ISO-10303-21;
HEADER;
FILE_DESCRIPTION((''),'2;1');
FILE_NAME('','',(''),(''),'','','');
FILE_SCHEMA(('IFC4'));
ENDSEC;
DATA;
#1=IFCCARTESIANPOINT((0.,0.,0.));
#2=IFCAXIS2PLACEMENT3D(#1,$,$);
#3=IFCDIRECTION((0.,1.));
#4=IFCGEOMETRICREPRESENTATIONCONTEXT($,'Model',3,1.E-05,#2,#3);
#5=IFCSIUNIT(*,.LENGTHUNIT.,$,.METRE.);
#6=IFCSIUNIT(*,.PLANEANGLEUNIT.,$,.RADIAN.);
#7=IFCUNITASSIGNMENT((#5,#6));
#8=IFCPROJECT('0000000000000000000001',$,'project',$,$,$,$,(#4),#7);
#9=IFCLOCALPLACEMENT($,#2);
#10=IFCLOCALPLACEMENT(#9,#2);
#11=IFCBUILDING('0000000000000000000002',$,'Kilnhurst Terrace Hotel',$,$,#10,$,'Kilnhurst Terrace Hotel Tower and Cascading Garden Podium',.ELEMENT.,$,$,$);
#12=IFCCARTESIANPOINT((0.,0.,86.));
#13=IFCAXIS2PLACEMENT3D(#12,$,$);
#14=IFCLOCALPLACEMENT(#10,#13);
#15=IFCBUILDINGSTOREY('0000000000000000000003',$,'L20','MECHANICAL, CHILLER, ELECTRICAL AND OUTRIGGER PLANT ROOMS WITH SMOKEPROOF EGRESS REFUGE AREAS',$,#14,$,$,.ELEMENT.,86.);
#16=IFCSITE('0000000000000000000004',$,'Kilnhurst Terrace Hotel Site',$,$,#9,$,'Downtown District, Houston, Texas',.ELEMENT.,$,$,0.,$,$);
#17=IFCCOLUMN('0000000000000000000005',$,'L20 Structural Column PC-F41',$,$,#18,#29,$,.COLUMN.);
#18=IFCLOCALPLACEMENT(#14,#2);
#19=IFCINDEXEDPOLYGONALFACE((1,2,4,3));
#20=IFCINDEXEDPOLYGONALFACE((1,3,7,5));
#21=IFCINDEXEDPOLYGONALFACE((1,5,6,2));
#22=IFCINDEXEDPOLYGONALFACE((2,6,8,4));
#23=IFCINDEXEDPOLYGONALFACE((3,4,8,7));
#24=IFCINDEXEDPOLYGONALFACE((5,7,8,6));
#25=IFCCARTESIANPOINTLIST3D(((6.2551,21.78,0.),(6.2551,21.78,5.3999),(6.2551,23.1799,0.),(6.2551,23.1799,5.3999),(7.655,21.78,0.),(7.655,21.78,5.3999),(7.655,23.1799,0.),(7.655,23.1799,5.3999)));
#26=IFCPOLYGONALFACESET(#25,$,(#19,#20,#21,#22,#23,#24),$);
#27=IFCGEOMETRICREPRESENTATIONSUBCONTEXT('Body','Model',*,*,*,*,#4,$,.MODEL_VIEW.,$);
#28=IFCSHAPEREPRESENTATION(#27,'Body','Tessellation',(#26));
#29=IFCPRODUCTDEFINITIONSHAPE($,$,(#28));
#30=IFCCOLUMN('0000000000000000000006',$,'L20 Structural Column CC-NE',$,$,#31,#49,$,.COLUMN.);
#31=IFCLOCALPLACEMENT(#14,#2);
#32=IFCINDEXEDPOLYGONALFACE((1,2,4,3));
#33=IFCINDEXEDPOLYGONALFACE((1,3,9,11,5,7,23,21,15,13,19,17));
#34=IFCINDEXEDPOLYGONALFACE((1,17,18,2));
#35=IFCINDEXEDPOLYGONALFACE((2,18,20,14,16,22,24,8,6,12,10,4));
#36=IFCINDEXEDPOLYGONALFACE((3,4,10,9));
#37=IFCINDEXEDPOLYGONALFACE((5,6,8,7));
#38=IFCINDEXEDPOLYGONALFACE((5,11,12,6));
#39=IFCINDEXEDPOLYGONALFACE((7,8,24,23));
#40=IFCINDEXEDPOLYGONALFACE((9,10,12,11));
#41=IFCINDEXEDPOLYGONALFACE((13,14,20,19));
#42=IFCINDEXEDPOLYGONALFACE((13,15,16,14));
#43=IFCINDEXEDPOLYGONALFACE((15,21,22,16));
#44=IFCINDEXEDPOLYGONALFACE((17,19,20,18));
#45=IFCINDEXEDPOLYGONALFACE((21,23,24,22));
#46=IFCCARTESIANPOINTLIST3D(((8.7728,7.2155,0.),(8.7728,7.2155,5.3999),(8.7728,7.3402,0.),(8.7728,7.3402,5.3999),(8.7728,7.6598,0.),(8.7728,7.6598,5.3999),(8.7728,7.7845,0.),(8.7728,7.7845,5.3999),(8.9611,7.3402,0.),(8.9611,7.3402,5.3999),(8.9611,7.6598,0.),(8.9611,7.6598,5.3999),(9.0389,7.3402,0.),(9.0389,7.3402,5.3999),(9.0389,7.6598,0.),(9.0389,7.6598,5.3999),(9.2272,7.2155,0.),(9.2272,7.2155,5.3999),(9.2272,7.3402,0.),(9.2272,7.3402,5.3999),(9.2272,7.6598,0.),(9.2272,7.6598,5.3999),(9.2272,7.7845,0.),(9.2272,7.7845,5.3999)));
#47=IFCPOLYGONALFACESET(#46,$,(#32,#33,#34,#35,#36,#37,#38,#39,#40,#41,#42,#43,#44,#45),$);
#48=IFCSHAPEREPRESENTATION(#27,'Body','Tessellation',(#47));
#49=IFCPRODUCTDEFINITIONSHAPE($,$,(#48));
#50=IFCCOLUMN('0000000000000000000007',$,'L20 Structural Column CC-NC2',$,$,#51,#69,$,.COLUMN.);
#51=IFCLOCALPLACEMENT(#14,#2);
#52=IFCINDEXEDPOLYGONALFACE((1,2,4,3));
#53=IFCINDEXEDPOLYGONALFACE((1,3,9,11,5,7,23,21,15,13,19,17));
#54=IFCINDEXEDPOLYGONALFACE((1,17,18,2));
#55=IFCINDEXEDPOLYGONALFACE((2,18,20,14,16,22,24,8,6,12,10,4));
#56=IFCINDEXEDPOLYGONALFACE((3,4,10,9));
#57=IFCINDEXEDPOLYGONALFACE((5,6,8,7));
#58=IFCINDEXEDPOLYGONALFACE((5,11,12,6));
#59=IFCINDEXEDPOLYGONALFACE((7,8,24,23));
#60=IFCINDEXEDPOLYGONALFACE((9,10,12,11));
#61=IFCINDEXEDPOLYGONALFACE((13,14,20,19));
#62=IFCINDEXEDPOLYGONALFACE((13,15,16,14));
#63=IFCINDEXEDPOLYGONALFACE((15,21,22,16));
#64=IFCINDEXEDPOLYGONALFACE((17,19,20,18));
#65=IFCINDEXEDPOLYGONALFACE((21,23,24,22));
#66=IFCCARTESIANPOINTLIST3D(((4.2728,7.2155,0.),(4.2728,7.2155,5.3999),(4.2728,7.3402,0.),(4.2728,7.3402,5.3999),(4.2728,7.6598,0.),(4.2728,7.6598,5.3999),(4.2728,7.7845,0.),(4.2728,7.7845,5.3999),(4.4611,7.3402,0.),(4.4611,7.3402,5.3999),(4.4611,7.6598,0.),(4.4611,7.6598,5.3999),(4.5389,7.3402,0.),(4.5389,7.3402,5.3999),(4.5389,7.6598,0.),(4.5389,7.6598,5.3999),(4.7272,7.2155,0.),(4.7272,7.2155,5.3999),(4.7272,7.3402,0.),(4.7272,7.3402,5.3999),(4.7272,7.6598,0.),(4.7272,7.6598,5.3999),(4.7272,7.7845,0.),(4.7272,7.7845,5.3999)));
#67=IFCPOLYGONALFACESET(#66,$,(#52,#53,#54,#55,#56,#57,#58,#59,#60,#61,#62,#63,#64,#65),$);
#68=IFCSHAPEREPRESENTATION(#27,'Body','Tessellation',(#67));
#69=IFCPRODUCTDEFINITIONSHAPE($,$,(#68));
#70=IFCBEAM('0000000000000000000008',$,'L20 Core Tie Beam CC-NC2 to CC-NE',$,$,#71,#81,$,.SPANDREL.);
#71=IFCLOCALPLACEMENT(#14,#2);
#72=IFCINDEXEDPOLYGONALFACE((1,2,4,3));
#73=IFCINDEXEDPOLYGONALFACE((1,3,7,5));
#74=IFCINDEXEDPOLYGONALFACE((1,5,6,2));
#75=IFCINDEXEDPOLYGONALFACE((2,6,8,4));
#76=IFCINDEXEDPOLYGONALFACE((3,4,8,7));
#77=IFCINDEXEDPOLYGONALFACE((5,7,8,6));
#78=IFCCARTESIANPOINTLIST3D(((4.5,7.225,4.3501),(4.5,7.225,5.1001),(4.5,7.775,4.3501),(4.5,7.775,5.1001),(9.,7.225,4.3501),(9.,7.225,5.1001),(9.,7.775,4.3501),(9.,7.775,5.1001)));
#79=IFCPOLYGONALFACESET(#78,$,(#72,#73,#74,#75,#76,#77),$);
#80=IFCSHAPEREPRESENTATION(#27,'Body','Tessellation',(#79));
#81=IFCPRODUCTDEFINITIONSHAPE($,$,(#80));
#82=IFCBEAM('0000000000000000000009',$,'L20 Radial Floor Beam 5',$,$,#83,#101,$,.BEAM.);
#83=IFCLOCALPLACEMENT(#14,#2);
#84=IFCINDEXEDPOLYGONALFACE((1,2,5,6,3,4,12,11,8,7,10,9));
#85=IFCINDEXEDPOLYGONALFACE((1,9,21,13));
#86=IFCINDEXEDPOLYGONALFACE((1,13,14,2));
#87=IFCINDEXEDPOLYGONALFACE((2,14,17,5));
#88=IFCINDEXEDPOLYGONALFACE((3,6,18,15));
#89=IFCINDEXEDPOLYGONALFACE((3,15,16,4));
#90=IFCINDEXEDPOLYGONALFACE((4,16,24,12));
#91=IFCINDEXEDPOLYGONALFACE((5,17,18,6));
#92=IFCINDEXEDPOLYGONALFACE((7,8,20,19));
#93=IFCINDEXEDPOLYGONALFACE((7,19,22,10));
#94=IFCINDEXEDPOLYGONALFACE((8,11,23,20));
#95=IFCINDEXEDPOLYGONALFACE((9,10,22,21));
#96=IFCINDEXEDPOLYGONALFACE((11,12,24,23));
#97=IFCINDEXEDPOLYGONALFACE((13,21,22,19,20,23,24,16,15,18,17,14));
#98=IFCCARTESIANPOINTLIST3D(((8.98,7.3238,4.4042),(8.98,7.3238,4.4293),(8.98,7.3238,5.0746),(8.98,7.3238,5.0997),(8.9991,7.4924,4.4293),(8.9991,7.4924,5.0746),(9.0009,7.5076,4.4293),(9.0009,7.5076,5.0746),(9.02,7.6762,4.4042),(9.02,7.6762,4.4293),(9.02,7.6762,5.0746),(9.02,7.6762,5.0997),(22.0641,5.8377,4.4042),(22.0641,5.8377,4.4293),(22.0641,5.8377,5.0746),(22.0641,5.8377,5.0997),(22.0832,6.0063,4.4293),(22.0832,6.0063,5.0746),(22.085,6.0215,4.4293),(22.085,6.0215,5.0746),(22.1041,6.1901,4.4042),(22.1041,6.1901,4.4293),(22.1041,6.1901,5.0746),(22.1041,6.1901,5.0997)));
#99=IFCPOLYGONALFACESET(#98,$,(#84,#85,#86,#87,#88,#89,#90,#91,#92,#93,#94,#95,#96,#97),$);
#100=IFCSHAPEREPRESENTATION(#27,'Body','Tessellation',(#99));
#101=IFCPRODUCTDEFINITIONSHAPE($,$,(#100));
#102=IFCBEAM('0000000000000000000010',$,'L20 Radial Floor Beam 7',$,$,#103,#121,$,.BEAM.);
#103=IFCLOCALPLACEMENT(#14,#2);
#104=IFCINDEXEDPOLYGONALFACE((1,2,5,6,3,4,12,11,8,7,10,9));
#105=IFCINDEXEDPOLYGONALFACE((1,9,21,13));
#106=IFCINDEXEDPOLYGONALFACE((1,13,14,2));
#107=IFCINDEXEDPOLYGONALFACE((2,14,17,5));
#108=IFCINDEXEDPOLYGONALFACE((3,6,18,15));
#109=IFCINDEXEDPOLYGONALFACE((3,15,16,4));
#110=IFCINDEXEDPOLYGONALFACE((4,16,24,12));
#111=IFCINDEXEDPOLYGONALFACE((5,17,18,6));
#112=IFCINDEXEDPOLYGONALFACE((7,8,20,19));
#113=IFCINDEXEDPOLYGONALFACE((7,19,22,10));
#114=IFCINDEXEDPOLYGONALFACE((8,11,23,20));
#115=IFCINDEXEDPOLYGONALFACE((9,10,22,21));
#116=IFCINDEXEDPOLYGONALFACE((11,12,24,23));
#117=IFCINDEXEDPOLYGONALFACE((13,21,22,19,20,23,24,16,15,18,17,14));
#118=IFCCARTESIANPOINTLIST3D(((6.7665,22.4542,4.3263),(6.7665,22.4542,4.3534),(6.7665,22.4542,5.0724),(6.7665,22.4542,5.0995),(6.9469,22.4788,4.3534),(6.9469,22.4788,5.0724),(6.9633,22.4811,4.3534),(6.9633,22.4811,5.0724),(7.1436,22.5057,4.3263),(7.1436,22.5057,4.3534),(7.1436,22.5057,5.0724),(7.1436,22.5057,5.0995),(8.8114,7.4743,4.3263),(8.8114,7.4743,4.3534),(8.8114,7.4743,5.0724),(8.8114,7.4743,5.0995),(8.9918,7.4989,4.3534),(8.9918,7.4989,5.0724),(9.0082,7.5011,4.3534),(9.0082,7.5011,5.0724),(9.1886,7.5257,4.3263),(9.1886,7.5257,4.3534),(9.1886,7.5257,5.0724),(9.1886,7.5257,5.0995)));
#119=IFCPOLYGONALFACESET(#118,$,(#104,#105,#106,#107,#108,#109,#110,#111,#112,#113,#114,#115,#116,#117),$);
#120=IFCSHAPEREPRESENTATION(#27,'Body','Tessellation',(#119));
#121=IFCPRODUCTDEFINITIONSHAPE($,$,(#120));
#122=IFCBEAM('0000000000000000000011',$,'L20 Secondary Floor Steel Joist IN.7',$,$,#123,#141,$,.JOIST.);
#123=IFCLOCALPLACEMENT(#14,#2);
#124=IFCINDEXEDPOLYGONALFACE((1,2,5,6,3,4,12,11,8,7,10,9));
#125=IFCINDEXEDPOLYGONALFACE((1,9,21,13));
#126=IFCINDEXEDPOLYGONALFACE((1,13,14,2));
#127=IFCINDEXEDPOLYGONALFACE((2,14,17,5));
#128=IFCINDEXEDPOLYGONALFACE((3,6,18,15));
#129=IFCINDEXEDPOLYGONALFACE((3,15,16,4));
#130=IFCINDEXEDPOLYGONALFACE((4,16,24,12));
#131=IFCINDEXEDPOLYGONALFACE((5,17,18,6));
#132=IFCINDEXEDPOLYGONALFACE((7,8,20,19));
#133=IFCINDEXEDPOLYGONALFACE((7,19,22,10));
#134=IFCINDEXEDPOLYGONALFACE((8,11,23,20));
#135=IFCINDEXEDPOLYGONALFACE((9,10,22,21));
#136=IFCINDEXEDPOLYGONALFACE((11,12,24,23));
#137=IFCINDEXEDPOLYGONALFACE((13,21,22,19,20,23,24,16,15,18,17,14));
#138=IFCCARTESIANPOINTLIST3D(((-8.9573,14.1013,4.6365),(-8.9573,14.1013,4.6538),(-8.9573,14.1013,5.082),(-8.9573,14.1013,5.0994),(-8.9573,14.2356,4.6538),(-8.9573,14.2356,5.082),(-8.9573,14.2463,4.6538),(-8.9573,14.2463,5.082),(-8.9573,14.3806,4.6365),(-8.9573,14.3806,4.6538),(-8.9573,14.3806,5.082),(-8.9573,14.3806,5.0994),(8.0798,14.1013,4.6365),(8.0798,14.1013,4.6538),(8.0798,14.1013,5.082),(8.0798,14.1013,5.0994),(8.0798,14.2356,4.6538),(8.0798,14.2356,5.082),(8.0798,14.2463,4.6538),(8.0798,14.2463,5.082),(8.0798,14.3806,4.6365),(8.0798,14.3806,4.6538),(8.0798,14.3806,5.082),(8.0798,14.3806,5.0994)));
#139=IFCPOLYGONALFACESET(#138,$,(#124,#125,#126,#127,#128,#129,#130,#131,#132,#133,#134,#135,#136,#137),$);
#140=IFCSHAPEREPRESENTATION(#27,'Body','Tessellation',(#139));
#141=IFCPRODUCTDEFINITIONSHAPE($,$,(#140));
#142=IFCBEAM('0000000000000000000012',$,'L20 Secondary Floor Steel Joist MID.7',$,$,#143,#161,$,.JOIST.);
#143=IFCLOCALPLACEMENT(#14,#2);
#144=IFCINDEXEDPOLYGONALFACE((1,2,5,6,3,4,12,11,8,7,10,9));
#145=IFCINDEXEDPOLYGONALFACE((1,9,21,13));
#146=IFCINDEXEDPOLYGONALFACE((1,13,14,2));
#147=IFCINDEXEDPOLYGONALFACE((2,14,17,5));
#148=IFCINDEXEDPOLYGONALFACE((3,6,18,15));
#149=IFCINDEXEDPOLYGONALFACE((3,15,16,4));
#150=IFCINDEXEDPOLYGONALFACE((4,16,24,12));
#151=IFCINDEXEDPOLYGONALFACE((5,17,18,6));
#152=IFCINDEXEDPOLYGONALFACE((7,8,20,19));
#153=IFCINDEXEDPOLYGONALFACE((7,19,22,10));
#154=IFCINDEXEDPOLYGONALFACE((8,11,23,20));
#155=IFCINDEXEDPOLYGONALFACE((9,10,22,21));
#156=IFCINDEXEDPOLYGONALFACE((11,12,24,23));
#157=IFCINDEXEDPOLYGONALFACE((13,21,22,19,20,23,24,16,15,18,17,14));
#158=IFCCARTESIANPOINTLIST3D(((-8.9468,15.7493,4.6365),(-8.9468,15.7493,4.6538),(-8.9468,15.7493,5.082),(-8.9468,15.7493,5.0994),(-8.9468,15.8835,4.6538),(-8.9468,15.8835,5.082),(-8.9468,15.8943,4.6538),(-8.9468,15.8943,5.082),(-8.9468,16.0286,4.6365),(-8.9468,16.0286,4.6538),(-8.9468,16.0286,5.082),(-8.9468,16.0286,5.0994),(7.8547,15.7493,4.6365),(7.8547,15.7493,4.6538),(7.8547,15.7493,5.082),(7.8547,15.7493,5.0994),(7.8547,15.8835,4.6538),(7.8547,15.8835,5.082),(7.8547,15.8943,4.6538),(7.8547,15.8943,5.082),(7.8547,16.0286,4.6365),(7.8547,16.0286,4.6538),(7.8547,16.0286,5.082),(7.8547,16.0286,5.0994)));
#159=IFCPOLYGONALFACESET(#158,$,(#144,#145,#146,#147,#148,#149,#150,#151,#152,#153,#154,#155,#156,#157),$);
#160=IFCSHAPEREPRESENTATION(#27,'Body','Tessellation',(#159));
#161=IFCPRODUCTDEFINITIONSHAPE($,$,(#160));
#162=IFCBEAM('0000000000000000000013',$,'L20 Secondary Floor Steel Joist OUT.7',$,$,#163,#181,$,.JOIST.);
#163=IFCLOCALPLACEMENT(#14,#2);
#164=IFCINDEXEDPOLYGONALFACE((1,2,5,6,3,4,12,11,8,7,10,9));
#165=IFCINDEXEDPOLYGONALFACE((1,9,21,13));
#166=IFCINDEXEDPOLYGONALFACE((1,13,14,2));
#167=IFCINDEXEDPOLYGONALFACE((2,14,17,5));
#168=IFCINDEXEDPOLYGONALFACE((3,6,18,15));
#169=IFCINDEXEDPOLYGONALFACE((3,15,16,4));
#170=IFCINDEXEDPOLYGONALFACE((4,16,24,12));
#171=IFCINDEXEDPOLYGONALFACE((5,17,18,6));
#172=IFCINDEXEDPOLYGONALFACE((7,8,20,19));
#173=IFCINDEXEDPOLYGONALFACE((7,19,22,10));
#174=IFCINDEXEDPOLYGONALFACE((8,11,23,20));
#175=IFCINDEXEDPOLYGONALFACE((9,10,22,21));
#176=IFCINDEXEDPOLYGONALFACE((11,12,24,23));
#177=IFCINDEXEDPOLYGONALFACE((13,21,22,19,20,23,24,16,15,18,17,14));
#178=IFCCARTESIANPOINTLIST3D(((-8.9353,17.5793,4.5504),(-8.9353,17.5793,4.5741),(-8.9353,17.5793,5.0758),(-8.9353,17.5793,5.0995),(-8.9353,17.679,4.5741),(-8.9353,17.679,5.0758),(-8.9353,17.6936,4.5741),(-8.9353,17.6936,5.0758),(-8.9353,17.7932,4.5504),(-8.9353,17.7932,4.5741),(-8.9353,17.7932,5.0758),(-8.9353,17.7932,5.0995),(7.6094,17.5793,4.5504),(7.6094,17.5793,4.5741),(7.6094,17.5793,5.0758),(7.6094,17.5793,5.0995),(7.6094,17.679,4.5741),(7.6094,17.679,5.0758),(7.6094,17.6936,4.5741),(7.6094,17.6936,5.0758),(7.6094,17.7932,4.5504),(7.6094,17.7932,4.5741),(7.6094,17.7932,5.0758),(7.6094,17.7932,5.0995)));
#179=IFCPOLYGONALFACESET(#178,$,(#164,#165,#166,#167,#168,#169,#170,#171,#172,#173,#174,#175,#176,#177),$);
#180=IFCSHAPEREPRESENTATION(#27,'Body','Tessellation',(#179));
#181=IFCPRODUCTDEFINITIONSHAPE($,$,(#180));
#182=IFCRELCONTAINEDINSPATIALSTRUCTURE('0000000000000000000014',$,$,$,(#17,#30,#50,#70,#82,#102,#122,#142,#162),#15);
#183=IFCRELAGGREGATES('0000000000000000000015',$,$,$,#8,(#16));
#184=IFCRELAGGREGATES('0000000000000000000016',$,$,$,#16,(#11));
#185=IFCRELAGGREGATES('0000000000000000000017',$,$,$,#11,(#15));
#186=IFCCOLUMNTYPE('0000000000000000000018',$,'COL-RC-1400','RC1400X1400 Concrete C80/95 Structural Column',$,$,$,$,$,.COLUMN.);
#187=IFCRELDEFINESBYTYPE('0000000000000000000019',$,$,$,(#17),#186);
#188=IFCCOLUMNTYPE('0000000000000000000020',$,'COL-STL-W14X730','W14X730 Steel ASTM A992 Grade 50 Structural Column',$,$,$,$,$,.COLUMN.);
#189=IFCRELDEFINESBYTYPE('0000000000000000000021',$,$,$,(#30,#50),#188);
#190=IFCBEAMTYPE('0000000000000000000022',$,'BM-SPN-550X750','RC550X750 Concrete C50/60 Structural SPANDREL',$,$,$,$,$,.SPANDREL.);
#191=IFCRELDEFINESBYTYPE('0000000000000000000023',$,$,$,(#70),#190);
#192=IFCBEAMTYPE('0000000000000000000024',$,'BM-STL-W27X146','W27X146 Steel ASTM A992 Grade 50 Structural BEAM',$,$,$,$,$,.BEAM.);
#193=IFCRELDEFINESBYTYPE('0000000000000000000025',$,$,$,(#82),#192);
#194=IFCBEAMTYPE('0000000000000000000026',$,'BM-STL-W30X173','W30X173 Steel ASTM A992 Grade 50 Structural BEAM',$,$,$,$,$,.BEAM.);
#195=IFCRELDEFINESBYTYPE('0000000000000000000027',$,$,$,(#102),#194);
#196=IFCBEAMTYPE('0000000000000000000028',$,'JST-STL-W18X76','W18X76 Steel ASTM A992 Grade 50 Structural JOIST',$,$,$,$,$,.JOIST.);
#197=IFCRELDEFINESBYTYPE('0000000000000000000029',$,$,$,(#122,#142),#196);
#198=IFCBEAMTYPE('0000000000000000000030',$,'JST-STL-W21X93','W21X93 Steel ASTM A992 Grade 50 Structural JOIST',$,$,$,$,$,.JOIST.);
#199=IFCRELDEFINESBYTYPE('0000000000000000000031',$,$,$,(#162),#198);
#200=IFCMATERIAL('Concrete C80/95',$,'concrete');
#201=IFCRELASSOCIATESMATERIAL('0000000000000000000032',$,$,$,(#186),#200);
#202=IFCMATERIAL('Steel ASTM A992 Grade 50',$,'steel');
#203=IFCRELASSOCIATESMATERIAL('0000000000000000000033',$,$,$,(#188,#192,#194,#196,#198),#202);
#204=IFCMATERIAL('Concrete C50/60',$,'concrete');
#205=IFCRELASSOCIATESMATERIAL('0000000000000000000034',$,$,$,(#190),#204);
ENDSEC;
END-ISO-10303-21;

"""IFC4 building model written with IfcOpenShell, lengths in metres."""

from ifc_helpers import new_model, si_unit, direction, frame, origin, origin_2d, place, context, subcontext, project, spatial, rectangle, i_section, extrude, material, material_profile, profile_set, type_object, element, save


model = new_model("IFC4")

# Units and contexts
model_context = context("Model", 3, precision=1e-05, world=origin(), true_north=direction((0.0, 1.0)))
body_context = subcontext(model_context, "Body", "Model", "MODEL_VIEW")
ifc_project = project(units=[si_unit("LENGTHUNIT", "METRE"), si_unit("PLANEANGLEUNIT", "RADIAN")], contexts=[model_context])

# Site, building, storey
site_placement = place(None, origin())
site = spatial("IfcSite", under=ifc_project, at=site_placement, Name="Kilnhurst Terrace Hotel Site", LongName="Downtown District, Houston, Texas", CompositionType="ELEMENT", RefElevation=0.0)
building_placement = place(site_placement, origin())
building = spatial("IfcBuilding", under=site, at=building_placement, Name="Kilnhurst Terrace Hotel", LongName="Kilnhurst Terrace Hotel Tower and Cascading Garden Podium", CompositionType="ELEMENT")
storey_placement = place(building_placement, frame((0.0, 0.0, 86.0)))
storey = spatial("IfcBuildingStorey", under=building, at=storey_placement, Name="L20", Description="MECHANICAL, CHILLER, ELECTRICAL AND OUTRIGGER PLANT ROOMS WITH SMOKEPROOF EGRESS REFUGE AREAS", CompositionType="ELEMENT", Elevation=86.0)

# Columns
ifc_material_1 = material(Name="Concrete C80/95", Category="concrete")
ifc_material_profile_1 = material_profile(ifc_material_1, rectangle(XDim=1.3999, YDim=1.3999, at=origin_2d()), Name="RC1400X1400")
ifc_profile_set_1 = profile_set([ifc_material_profile_1], Name="Concrete C80/95")
column_type_1 = type_object("IfcColumnType", Name="COL-RC-1400", Description="RC1400X1400 Concrete C80/95 Structural Column", PredefinedType="COLUMN", material=ifc_profile_set_1)
column_placement = place(storey_placement, frame((6.9551, 22.48, 0.0), z_axis=(0.0, 0.0, 1.0), x_axis=(1.0, 0.0, 0.0)))
element("IfcColumn", 1, at=column_placement, inside=storey, type_object=column_type_1, Name="L20 Structural Column PC-F41", PredefinedType="COLUMN", context=body_context, shape_type="SweptSolid", body=[
    extrude(rectangle(XDim=1.3999, YDim=1.3999, at=origin_2d()), origin(), (0.0, 0.0, 1.0), 5.3999),
])
ifc_material_2 = material(Name="Steel ASTM A992 Grade 50", Category="steel")
ifc_material_profile_2 = material_profile(ifc_material_2, i_section(OverallWidth=0.4543, OverallDepth=0.5691, WebThickness=0.0779, FlangeThickness=0.1248, at=origin_2d()), Name="W14X730")
ifc_profile_set_2 = profile_set([ifc_material_profile_2], Name="Steel ASTM A992 Grade 50")
column_type_2 = type_object("IfcColumnType", Name="COL-STL-W14X730", Description="W14X730 Steel ASTM A992 Grade 50 Structural Column", PredefinedType="COLUMN", material=ifc_profile_set_2)
for number, where, z_axis, x_axis, name in (
    (2, (9.0, 7.5, 0.0), (0.0, 0.0, 1.0), (1.0, 0.0, 0.0), "L20 Structural Column CC-NE"),
    (3, (4.5, 7.5, 0.0), (0.0, 0.0, 1.0), (1.0, 0.0, 0.0), "L20 Structural Column CC-NC2"),
):
    element("IfcColumn", number, at=place(storey_placement, frame(where, z_axis=z_axis, x_axis=x_axis)), inside=storey, type_object=column_type_2, Name=name, PredefinedType="COLUMN", context=body_context, shape_type="SweptSolid", body=[
        extrude(i_section(OverallWidth=0.4543, OverallDepth=0.5691, WebThickness=0.0779, FlangeThickness=0.1248, at=origin_2d()), origin(), (0.0, 0.0, 1.0), 5.3999),
    ])

# Beams
ifc_material_3 = material(Name="Concrete C50/60", Category="concrete")
ifc_material_profile_3 = material_profile(ifc_material_3, rectangle(XDim=0.55, YDim=0.75, at=origin_2d()), Name="RC550X750")
ifc_profile_set_3 = profile_set([ifc_material_profile_3], Name="Concrete C50/60")
beam_type_1 = type_object("IfcBeamType", Name="BM-SPN-550X750", Description="RC550X750 Concrete C50/60 Structural SPANDREL", PredefinedType="SPANDREL", material=ifc_profile_set_3)
beam_1_placement = place(storey_placement, frame((4.5, 7.5, 4.7251), z_axis=(1.0, 0.0, 0.0), x_axis=(0.0, 1.0, 0.0)))
element("IfcBeam", 4, at=beam_1_placement, inside=storey, type_object=beam_type_1, Name="L20 Core Tie Beam CC-NC2 to CC-NE", PredefinedType="SPANDREL", context=body_context, shape_type="SweptSolid", body=[
    extrude(rectangle(XDim=0.55, YDim=0.75, at=origin_2d()), origin(), (0.0, 0.0, 1.0), 4.5),
])
ifc_material_profile_4 = material_profile(ifc_material_2, i_section(OverallWidth=0.3547, OverallDepth=0.6956, WebThickness=0.0154, FlangeThickness=0.0251, at=origin_2d()), Name="W27X146")
ifc_profile_set_4 = profile_set([ifc_material_profile_4], Name="Steel ASTM A992 Grade 50")
beam_type_2 = type_object("IfcBeamType", Name="BM-STL-W27X146", Description="W27X146 Steel ASTM A992 Grade 50 Structural BEAM", PredefinedType="BEAM", material=ifc_profile_set_4)
beam_2_placement = place(storey_placement, frame((9.0, 7.5, 4.752), z_axis=(0.993611, -0.112855, 0.0), x_axis=(0.112855, 0.993611, 0.0)))
element("IfcBeam", 5, at=beam_2_placement, inside=storey, type_object=beam_type_2, Name="L20 Radial Floor Beam 5", PredefinedType="BEAM", context=body_context, shape_type="SweptSolid", body=[
    extrude(i_section(OverallWidth=0.3547, OverallDepth=0.6956, WebThickness=0.0154, FlangeThickness=0.0251, at=origin_2d()), origin(), (0.0, 0.0, 1.0), 13.1682),
])
ifc_material_profile_5 = material_profile(ifc_material_2, i_section(OverallWidth=0.3806, OverallDepth=0.7732, WebThickness=0.0166, FlangeThickness=0.0271, at=origin_2d()), Name="W30X173")
ifc_profile_set_5 = profile_set([ifc_material_profile_5], Name="Steel ASTM A992 Grade 50")
beam_type_3 = type_object("IfcBeamType", Name="BM-STL-W30X173", Description="W30X173 Steel ASTM A992 Grade 50 Structural BEAM", PredefinedType="BEAM", material=ifc_profile_set_5)
beam_3_placement = place(storey_placement, frame((9.0, 7.5, 4.7129), z_axis=(-0.135256, 0.990811, 0.0), x_axis=(-0.990811, -0.135256, 0.0)))
element("IfcBeam", 6, at=beam_3_placement, inside=storey, type_object=beam_type_3, Name="L20 Radial Floor Beam 7", PredefinedType="BEAM", context=body_context, shape_type="SweptSolid", body=[
    extrude(i_section(OverallWidth=0.3806, OverallDepth=0.7732, WebThickness=0.0166, FlangeThickness=0.0271, at=origin_2d()), origin(), (0.0, 0.0, 1.0), 15.1189),
])
ifc_material_profile_6 = material_profile(ifc_material_2, i_section(OverallWidth=0.2793, OverallDepth=0.4629, WebThickness=0.0107, FlangeThickness=0.0173, at=origin_2d()), Name="W18X76")
ifc_profile_set_6 = profile_set([ifc_material_profile_6], Name="Steel ASTM A992 Grade 50")
beam_type_4 = type_object("IfcBeamType", Name="JST-STL-W18X76", Description="W18X76 Steel ASTM A992 Grade 50 Structural JOIST", PredefinedType="JOIST", material=ifc_profile_set_6)
beam_4_placement = place(storey_placement, frame((8.0798, 14.241, 4.8679), z_axis=(-1.0, 0.0, 0.0), x_axis=(0.0, -1.0, 0.0)))
element("IfcBeam", 7, at=beam_4_placement, inside=storey, type_object=beam_type_4, Name="L20 Secondary Floor Steel Joist IN.7", PredefinedType="JOIST", context=body_context, shape_type="SweptSolid", body=[
    extrude(i_section(OverallWidth=0.2793, OverallDepth=0.4629, WebThickness=0.0107, FlangeThickness=0.0173, at=origin_2d()), origin(), (0.0, 0.0, 1.0), 17.0371),
])
beam_5_placement = place(storey_placement, frame((7.8547, 15.8889, 4.8679), z_axis=(-1.0, 0.0, 0.0), x_axis=(0.0, -1.0, 0.0)))
element("IfcBeam", 8, at=beam_5_placement, inside=storey, type_object=beam_type_4, Name="L20 Secondary Floor Steel Joist MID.7", PredefinedType="JOIST", context=body_context, shape_type="SweptSolid", body=[
    extrude(i_section(OverallWidth=0.2793, OverallDepth=0.4629, WebThickness=0.0107, FlangeThickness=0.0173, at=origin_2d()), origin(), (0.0, 0.0, 1.0), 16.8015),
])
ifc_material_profile_7 = material_profile(ifc_material_2, i_section(OverallWidth=0.2139, OverallDepth=0.5491, WebThickness=0.0146, FlangeThickness=0.0237, at=origin_2d()), Name="W21X93")
ifc_profile_set_7 = profile_set([ifc_material_profile_7], Name="Steel ASTM A992 Grade 50")
beam_type_5 = type_object("IfcBeamType", Name="JST-STL-W21X93", Description="W21X93 Steel ASTM A992 Grade 50 Structural JOIST", PredefinedType="JOIST", material=ifc_profile_set_7)
beam_6_placement = place(storey_placement, frame((7.6094, 17.6863, 4.825), z_axis=(-1.0, 0.0, 0.0), x_axis=(0.0, -1.0, 0.0)))
element("IfcBeam", 9, at=beam_6_placement, inside=storey, type_object=beam_type_5, Name="L20 Secondary Floor Steel Joist OUT.7", PredefinedType="JOIST", context=body_context, shape_type="SweptSolid", body=[
    extrude(i_section(OverallWidth=0.2139, OverallDepth=0.5491, WebThickness=0.0146, FlangeThickness=0.0237, at=origin_2d()), origin(), (0.0, 0.0, 1.0), 16.5447),
])

save(model, "model.ifc")
